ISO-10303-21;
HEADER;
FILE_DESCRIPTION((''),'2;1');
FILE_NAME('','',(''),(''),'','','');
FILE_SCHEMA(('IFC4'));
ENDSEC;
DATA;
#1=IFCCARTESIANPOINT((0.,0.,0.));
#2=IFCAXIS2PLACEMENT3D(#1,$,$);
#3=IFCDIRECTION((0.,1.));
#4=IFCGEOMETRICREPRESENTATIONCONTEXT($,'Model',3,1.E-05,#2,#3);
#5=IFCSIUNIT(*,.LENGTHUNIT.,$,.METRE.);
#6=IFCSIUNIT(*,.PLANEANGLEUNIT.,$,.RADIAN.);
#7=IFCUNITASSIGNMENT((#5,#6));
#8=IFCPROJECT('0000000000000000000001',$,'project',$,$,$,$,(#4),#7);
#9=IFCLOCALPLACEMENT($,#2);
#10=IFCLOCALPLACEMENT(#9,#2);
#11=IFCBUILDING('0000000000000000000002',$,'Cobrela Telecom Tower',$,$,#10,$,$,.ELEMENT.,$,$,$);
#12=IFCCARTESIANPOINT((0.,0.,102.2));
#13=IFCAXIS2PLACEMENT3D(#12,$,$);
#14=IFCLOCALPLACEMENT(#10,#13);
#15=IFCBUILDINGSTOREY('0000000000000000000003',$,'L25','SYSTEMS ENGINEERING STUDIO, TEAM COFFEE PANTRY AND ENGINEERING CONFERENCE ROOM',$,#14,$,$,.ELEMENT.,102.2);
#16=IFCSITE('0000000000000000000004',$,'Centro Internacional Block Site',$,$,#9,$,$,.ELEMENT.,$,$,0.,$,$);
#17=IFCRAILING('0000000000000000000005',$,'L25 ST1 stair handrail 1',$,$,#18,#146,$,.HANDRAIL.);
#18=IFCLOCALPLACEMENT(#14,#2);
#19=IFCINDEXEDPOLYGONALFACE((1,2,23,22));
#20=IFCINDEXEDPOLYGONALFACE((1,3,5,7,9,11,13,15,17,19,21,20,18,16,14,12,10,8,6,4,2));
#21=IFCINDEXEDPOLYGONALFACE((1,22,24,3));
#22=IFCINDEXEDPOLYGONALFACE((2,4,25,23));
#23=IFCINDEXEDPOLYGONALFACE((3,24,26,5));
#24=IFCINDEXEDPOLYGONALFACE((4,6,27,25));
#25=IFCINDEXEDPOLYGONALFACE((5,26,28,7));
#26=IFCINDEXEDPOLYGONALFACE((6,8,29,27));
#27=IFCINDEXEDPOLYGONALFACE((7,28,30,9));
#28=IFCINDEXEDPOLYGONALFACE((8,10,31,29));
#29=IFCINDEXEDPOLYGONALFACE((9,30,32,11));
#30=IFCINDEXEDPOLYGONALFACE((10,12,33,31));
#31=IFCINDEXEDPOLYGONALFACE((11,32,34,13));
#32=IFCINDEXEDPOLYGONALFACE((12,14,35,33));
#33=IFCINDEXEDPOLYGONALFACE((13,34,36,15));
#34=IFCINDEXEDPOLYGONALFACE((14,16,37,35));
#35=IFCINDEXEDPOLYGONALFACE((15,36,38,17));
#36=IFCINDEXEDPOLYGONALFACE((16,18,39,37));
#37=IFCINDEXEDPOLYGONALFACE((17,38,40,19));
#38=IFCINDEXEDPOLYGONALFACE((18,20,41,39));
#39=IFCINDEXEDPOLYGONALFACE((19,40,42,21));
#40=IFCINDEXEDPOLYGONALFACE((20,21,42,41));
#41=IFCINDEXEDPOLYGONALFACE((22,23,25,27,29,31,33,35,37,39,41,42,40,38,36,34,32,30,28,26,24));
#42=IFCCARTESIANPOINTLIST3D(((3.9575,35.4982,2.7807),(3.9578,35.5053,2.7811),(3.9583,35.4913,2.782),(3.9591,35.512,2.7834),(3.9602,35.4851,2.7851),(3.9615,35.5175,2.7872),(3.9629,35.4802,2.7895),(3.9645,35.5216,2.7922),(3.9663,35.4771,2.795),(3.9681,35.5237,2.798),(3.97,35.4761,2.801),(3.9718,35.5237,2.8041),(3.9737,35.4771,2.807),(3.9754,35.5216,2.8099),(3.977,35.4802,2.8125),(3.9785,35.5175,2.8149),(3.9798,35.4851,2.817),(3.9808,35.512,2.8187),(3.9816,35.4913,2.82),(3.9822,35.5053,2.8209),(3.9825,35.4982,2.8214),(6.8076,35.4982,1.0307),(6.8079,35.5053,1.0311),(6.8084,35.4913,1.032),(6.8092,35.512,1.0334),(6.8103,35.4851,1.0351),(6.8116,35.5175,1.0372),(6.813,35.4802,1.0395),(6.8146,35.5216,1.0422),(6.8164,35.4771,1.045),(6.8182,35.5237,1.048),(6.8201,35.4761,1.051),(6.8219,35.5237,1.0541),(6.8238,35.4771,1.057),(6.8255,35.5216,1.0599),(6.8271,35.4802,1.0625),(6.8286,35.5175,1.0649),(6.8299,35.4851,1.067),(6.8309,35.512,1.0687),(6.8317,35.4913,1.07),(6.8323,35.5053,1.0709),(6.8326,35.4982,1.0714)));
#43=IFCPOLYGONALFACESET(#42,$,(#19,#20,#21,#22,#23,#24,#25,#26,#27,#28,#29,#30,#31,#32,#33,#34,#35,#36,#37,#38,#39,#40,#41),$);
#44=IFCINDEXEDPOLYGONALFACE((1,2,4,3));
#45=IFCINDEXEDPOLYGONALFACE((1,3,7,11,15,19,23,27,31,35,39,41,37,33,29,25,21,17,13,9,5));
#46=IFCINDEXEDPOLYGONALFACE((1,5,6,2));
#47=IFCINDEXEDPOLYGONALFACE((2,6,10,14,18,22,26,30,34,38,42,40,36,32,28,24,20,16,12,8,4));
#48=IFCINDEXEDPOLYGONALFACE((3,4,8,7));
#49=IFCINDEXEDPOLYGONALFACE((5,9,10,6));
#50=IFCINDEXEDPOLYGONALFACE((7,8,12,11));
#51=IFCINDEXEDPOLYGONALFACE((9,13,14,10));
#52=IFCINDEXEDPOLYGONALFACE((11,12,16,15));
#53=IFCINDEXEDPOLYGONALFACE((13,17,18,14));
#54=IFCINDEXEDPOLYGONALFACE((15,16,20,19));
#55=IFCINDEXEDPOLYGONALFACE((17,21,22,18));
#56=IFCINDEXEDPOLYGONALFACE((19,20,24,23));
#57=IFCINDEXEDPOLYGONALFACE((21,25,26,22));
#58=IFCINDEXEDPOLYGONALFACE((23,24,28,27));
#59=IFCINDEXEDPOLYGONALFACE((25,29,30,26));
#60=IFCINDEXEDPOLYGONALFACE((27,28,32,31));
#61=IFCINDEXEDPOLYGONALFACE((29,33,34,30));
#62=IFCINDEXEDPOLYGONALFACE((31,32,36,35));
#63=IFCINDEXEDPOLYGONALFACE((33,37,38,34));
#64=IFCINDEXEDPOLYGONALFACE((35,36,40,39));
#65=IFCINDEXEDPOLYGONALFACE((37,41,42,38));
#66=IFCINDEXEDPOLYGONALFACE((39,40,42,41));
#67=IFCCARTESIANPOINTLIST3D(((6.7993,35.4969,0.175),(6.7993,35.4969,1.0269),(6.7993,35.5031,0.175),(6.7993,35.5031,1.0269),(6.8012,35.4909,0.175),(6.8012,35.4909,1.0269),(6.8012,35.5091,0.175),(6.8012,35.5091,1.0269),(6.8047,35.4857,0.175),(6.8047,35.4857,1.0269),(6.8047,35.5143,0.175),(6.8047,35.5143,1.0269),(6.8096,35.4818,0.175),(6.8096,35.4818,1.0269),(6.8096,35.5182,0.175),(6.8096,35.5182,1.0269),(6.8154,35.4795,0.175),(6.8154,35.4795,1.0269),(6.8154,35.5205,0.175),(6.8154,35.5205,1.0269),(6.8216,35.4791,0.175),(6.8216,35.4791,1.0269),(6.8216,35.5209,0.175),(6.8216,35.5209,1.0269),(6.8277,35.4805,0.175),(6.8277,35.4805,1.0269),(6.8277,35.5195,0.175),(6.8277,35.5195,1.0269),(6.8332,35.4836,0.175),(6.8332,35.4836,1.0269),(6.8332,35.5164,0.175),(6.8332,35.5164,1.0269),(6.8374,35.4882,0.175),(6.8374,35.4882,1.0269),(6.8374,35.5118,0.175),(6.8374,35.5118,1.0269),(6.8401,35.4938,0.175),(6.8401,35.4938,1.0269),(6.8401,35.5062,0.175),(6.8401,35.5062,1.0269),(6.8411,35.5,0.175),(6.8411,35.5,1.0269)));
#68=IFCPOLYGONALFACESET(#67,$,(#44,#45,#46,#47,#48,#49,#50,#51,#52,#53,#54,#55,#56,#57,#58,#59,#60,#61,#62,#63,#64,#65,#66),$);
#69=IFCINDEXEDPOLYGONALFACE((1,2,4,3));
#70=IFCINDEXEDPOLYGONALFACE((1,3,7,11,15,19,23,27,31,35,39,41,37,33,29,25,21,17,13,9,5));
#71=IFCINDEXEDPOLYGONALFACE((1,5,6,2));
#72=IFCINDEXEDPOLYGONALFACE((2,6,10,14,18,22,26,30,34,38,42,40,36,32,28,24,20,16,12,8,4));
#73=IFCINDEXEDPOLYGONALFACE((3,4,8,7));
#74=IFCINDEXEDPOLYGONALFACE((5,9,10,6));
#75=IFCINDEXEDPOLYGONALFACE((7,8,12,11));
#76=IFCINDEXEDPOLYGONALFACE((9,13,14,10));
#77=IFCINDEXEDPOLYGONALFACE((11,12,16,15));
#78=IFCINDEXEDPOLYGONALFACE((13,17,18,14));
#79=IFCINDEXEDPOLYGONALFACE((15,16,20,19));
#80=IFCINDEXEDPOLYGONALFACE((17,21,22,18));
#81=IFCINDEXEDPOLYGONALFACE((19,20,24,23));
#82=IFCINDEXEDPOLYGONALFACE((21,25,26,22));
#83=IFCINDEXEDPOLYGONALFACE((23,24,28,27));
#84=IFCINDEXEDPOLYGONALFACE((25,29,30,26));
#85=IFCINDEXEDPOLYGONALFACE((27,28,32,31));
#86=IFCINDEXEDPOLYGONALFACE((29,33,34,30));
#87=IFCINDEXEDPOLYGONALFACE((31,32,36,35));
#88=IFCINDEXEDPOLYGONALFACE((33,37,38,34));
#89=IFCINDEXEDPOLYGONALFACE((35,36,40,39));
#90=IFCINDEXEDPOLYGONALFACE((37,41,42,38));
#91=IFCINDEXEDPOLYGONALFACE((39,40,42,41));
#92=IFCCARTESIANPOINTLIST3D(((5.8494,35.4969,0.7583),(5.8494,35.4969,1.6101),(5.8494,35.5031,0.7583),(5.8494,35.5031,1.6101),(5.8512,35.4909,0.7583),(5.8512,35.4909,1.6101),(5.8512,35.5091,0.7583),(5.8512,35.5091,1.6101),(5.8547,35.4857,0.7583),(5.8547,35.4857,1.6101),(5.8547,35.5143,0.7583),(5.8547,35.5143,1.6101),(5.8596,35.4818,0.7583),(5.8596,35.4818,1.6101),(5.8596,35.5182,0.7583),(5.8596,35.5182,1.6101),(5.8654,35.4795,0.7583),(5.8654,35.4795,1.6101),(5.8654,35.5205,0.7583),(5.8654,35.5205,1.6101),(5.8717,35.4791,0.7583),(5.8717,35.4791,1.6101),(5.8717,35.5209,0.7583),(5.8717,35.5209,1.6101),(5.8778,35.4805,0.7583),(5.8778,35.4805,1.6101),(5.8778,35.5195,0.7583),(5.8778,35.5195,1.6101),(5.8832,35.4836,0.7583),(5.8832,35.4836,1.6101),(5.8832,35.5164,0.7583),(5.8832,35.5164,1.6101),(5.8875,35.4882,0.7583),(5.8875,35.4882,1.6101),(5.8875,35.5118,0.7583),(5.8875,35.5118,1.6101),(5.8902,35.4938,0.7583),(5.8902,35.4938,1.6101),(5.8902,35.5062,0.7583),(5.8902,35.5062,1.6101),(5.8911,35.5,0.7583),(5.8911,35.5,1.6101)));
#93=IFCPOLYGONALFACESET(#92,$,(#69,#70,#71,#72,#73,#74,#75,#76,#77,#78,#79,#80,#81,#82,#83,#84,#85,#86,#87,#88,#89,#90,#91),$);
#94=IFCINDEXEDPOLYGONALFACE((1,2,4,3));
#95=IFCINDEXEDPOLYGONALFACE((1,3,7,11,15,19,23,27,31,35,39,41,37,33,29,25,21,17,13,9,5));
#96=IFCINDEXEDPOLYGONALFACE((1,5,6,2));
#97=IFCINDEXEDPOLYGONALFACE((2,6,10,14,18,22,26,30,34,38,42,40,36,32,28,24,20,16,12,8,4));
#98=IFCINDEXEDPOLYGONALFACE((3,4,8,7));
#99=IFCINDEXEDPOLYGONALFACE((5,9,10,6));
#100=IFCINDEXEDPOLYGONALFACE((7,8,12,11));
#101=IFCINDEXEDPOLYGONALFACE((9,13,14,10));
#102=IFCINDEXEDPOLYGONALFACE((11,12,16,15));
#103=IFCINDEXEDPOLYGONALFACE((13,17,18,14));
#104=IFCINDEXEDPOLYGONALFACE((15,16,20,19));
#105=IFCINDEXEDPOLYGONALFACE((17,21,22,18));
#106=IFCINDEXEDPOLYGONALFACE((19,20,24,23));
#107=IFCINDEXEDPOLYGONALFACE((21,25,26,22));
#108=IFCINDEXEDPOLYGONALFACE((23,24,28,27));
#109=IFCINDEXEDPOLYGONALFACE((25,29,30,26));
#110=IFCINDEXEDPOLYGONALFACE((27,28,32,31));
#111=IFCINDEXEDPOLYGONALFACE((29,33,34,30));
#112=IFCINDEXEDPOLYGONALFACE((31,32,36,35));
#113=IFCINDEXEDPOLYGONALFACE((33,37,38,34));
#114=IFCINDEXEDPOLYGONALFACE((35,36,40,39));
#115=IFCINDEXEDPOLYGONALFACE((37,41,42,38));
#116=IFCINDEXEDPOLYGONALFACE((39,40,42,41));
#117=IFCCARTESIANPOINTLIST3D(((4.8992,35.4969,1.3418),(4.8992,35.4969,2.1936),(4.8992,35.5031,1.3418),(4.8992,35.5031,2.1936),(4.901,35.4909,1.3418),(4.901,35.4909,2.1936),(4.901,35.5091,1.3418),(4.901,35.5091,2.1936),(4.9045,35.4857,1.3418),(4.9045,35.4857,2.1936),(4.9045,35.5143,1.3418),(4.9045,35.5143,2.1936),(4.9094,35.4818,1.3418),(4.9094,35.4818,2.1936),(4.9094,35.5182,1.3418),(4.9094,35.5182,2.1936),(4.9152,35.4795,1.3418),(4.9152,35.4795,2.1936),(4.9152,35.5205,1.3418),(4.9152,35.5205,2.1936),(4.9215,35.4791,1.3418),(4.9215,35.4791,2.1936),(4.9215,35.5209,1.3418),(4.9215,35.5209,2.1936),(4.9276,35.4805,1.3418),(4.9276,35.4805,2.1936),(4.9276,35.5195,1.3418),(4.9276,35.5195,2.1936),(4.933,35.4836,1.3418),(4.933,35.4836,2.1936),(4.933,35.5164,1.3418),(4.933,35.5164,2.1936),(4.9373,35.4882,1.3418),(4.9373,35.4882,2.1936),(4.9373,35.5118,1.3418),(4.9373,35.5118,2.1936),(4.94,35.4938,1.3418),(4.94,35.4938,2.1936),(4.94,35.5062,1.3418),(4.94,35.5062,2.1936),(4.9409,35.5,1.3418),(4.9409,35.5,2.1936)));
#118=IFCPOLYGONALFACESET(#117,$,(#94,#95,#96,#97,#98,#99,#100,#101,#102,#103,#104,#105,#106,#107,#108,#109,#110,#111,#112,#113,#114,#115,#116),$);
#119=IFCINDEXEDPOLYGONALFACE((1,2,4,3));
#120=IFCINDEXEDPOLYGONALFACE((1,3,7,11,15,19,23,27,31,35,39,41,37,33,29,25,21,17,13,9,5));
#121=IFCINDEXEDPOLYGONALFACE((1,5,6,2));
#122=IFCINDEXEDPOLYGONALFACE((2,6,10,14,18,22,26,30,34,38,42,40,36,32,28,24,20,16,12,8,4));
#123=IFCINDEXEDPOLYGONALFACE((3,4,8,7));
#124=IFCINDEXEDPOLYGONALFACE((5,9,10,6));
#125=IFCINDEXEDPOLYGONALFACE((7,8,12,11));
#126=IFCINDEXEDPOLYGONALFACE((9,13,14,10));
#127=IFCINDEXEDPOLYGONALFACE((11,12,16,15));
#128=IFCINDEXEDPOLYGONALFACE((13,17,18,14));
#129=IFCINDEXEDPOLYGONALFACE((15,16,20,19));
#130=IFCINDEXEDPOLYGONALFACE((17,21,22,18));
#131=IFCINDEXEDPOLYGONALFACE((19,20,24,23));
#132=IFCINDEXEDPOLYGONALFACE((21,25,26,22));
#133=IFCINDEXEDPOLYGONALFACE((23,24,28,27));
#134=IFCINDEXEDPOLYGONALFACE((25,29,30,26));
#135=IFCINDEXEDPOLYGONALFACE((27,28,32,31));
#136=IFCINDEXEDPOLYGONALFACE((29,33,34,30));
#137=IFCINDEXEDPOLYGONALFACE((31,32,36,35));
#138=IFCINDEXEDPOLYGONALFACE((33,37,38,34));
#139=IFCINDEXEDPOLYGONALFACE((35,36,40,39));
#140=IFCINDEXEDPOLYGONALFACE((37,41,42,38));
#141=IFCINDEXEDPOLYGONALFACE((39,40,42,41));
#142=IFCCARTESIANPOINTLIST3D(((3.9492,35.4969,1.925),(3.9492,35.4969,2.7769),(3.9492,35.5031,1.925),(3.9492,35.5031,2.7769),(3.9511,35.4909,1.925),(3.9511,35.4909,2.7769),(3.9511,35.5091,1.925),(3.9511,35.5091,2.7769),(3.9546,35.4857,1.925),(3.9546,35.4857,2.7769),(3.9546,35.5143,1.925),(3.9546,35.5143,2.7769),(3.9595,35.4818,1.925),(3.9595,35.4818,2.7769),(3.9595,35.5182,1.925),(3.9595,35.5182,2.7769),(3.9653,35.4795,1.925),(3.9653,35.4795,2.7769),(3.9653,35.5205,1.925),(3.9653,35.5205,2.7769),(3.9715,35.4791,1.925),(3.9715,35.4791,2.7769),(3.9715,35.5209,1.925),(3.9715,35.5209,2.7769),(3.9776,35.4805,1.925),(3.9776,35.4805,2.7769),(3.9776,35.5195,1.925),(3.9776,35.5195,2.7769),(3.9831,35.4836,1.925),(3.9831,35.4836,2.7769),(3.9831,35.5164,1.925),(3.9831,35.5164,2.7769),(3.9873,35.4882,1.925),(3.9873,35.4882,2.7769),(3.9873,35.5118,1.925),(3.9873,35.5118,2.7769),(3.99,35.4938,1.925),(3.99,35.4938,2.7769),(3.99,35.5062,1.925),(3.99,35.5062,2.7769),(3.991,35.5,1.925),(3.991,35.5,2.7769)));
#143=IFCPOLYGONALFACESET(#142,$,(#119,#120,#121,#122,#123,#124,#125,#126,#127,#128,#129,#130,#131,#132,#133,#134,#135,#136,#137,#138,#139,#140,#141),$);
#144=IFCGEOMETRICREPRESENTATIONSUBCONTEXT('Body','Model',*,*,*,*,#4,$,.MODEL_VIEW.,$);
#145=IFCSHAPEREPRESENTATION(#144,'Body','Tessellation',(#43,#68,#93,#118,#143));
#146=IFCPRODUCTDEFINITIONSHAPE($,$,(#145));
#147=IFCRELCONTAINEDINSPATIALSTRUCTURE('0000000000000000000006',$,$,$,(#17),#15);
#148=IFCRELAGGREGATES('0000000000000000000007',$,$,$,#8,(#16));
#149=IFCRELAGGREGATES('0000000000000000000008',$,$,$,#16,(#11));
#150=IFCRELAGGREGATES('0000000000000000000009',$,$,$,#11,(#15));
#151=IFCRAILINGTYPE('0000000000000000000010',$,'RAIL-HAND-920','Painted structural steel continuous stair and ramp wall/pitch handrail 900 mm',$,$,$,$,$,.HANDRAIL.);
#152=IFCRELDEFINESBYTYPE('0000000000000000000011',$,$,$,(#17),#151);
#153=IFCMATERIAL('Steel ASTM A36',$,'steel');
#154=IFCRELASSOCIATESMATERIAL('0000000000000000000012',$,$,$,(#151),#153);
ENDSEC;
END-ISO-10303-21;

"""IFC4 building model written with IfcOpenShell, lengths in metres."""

from ifc_helpers import new_model, si_unit, direction, frame, origin, origin_2d, place, context, subcontext, project, spatial, circle, extrude, material, type_object, element, save


model = new_model("IFC4")

# Units and contexts
model_context = context("Model", 3, precision=1e-05, world=origin(), true_north=direction((0.0, 1.0)))
body_context = subcontext(model_context, "Body", "Model", "MODEL_VIEW")
ifc_project = project(units=[si_unit("LENGTHUNIT", "METRE"), si_unit("PLANEANGLEUNIT", "RADIAN")], contexts=[model_context])

# Site, building, storey
site_placement = place(None, origin())
site = spatial("IfcSite", under=ifc_project, at=site_placement, Name="Centro Internacional Block Site", CompositionType="ELEMENT", RefElevation=0.0)
building_placement = place(site_placement, origin())
building = spatial("IfcBuilding", under=site, at=building_placement, Name="Cobrela Telecom Tower", CompositionType="ELEMENT")
storey_placement = place(building_placement, frame((0.0, 0.0, 102.2)))
storey = spatial("IfcBuildingStorey", under=building, at=storey_placement, Name="L25", Description="SYSTEMS ENGINEERING STUDIO, TEAM COFFEE PANTRY AND ENGINEERING CONFERENCE ROOM", CompositionType="ELEMENT", Elevation=102.2)

# Shared definitions
ifc_material_1 = material(Name="Steel ASTM A36", Category="steel")

# Railing
railing_type_1 = type_object("IfcRailingType", Name="RAIL-HAND-920", Description="Painted structural steel continuous stair and ramp wall/pitch handrail 900 mm", PredefinedType="HANDRAIL", material=ifc_material_1)
railing_1_placement = place(storey_placement, frame((6.8201, 35.5, 0.175)))
element("IfcRailing", 1, at=railing_1_placement, inside=storey, type_object=railing_type_1, Name="L25 ST1 stair handrail 1", PredefinedType="HANDRAIL", context=body_context, shape_type="SweptSolid", body=[
    extrude(circle(Radius=0.0239, at=origin_2d()), frame((0.0, 0.0, 0.876), z_axis=(-0.852179, 0.0, 0.52325), x_axis=(0.0, -1.0, 0.0)), (0.0, 0.0, 1.0), 3.3445),
    extrude(circle(Radius=0.021, at=origin_2d()), origin(), (0.0, 0.0, 1.0), 0.8518),
    extrude(circle(Radius=0.021, at=origin_2d()), frame((-0.95, 0.0, 0.5833)), (0.0, 0.0, 1.0), 0.8518),
    extrude(circle(Radius=0.021, at=origin_2d()), frame((-1.9001, 0.0, 1.1667)), (0.0, 0.0, 1.0), 0.8518),
    extrude(circle(Radius=0.021, at=origin_2d()), frame((-2.8501, 0.0, 1.75)), (0.0, 0.0, 1.0), 0.8518),
])

save(model, "model.ifc")
